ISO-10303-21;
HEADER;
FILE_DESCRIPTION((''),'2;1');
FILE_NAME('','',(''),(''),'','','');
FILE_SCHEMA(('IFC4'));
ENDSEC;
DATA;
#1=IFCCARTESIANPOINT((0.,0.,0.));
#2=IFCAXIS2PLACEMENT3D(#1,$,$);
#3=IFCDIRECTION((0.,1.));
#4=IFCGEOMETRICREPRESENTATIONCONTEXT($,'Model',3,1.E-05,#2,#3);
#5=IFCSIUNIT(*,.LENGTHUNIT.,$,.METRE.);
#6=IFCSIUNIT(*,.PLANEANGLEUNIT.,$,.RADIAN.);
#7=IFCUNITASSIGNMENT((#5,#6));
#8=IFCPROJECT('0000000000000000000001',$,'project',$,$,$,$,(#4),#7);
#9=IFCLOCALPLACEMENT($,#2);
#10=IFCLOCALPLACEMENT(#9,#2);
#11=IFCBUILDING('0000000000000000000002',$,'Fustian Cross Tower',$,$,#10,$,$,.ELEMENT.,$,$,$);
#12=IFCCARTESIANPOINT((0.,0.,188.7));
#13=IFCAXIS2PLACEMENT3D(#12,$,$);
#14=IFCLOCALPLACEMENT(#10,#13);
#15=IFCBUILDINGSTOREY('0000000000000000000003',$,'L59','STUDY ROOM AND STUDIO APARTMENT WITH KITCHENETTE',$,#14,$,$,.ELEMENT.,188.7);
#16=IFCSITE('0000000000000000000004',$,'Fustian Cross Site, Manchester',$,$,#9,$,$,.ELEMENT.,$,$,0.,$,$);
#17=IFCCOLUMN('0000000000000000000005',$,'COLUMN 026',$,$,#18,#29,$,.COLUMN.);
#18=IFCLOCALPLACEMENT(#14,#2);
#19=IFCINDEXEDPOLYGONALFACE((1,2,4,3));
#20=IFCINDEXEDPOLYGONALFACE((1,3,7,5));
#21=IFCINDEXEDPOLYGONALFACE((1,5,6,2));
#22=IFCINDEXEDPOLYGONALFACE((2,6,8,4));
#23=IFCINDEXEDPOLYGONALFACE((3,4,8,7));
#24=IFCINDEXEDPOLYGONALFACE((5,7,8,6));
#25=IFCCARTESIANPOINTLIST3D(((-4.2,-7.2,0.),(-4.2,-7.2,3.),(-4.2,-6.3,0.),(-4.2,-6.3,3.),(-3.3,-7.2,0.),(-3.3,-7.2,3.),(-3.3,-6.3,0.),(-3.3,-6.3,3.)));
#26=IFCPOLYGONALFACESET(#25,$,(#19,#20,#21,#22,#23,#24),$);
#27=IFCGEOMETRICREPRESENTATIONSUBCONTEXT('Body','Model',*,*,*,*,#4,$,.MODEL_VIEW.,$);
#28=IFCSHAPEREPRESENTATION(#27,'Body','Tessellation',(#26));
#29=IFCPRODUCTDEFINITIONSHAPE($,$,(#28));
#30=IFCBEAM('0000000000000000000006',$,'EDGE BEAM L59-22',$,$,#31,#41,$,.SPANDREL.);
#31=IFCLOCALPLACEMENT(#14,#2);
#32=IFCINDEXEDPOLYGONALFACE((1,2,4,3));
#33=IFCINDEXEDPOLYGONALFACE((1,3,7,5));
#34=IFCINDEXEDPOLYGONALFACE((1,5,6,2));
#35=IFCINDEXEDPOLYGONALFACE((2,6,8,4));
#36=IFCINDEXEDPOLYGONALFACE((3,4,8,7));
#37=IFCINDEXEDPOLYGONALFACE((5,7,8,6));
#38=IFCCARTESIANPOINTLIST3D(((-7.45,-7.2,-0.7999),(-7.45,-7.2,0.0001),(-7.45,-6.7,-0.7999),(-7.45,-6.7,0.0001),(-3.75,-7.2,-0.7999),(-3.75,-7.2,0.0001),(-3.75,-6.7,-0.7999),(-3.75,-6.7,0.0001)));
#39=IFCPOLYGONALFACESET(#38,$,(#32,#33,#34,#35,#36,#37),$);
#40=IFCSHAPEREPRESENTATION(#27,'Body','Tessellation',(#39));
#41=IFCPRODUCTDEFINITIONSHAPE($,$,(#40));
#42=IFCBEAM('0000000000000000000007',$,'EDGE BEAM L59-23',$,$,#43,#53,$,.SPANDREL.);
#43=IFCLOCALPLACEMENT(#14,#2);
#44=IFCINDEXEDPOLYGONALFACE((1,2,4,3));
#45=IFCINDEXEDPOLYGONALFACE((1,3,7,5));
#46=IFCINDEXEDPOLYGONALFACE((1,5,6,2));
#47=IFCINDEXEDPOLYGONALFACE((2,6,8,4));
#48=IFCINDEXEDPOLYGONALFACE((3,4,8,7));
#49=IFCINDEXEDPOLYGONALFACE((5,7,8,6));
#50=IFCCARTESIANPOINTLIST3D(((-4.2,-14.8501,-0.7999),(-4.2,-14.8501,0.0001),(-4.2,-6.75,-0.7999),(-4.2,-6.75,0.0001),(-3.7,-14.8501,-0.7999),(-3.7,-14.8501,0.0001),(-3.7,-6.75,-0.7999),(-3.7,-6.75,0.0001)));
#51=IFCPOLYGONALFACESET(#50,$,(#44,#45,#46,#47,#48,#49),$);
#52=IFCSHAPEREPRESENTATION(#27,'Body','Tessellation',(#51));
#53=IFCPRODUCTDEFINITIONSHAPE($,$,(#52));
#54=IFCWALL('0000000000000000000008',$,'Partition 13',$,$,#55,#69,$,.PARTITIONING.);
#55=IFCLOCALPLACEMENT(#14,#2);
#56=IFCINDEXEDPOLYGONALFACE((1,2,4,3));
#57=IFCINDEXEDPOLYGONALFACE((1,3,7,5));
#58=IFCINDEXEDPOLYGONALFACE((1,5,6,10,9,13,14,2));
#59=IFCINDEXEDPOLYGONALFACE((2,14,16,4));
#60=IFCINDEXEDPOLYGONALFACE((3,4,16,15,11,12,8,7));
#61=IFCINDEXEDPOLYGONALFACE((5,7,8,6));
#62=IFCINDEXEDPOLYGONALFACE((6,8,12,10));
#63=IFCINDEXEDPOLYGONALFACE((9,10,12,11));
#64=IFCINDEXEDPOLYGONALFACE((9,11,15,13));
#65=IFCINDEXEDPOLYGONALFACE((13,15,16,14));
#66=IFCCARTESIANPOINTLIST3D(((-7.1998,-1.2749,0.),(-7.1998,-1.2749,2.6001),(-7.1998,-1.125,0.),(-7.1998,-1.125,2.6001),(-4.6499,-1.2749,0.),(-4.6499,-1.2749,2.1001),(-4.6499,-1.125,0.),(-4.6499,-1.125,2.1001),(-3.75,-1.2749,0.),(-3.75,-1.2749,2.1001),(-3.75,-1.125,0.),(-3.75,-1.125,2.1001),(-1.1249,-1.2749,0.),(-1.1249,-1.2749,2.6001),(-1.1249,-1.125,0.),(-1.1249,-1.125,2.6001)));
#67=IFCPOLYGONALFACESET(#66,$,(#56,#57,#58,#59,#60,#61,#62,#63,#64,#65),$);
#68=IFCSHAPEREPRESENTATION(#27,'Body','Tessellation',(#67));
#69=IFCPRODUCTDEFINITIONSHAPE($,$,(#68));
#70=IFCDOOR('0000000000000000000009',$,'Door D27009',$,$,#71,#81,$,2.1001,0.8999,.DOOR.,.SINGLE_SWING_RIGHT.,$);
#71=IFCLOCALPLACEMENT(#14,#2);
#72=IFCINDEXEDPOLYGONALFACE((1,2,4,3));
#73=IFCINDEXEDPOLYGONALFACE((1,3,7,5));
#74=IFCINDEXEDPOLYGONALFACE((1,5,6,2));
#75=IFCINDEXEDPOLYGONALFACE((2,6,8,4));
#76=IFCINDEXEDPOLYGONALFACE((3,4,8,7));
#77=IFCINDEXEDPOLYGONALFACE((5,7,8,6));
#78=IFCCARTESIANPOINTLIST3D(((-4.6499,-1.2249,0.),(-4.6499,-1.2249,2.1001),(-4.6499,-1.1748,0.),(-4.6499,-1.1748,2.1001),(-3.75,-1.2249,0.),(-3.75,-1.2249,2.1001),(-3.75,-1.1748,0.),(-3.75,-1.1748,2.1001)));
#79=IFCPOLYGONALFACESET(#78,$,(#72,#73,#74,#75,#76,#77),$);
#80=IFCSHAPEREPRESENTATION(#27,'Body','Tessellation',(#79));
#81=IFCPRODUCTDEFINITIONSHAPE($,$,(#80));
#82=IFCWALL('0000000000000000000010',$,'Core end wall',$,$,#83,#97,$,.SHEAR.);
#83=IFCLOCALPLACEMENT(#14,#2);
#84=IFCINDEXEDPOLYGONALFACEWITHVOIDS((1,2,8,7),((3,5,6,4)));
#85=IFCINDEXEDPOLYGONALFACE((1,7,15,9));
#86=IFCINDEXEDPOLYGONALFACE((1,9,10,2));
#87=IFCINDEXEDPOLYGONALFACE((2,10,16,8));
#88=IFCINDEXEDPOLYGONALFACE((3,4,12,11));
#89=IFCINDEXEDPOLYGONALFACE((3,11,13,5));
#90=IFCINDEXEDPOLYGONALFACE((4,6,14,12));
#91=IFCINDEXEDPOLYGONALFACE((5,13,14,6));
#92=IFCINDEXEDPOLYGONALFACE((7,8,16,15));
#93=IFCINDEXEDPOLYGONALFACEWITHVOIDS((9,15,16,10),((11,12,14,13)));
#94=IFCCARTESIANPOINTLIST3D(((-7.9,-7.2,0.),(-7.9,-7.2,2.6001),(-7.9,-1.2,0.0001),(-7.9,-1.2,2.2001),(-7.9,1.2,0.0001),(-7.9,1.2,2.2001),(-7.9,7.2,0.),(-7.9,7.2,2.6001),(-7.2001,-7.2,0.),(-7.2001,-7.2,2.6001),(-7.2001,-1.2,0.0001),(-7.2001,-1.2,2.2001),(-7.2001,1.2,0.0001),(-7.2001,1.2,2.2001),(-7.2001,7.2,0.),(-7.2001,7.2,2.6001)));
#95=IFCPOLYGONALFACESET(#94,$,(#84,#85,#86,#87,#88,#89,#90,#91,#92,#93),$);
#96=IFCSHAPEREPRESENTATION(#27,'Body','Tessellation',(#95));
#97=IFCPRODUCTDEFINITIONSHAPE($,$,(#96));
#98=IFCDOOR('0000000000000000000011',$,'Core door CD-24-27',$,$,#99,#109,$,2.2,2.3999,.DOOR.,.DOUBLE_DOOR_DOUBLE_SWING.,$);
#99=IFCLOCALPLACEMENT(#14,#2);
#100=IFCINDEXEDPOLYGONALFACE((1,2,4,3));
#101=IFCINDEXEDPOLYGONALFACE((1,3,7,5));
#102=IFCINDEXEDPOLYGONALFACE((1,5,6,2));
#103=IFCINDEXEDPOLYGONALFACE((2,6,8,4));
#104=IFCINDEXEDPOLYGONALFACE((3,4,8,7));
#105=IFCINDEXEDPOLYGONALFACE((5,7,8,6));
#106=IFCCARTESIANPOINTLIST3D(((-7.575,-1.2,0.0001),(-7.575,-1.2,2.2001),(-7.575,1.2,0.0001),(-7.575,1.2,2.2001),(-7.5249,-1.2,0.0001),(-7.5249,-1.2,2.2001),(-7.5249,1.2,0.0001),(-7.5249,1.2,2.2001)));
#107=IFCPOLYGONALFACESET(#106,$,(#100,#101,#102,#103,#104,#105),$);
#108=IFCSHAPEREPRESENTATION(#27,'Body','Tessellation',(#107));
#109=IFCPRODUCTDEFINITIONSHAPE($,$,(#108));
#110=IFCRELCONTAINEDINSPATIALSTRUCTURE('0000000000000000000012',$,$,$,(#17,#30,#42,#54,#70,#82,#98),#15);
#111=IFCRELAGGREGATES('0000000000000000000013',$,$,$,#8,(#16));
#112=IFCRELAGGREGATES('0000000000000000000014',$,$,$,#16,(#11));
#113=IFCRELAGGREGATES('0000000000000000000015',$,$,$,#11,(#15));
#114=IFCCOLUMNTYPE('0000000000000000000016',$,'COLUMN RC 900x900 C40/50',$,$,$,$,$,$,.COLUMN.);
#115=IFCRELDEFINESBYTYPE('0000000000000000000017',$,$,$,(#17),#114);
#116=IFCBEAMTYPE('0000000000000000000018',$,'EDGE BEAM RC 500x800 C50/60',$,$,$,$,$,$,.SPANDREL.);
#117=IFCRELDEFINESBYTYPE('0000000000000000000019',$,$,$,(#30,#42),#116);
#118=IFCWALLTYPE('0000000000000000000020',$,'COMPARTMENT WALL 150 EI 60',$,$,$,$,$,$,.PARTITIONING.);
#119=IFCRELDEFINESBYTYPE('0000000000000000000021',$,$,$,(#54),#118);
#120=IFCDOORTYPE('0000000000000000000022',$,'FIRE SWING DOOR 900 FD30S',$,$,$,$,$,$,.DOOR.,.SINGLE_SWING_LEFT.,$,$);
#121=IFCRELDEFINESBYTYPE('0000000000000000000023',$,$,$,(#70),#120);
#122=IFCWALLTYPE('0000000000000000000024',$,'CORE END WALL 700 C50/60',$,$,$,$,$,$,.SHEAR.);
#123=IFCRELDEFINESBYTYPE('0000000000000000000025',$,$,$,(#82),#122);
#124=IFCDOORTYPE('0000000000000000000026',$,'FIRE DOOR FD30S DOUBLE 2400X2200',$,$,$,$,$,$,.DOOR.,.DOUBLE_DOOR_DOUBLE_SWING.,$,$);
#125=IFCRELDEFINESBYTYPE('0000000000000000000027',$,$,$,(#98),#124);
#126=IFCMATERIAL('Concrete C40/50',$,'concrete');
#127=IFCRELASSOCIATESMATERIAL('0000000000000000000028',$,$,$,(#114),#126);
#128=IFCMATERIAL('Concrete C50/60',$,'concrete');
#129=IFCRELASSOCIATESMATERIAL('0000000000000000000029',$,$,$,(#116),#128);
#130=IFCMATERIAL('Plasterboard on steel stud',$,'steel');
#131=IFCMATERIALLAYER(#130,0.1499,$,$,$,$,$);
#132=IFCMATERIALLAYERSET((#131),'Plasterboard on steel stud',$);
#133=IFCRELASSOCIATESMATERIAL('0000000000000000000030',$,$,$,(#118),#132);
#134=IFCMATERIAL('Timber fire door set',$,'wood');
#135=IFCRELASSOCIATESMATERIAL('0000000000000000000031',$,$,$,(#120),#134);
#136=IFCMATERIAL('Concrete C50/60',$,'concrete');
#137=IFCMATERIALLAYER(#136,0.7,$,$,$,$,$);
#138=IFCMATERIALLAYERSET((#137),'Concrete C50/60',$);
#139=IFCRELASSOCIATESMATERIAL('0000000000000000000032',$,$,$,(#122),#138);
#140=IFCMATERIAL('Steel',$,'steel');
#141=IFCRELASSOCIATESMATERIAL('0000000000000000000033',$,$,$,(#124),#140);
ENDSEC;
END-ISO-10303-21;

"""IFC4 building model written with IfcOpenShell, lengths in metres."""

from ifc_helpers import new_model, si_unit, direction, frame, frame_2d, origin, origin_2d, place, context, subcontext, project, spatial, rectangle, extrude, material, layer, layer_set, material_profile, profile_set, type_object, element, fill, save


model = new_model("IFC4")

# Units and contexts
model_context = context("Model", 3, precision=1e-05, world=origin(), true_north=direction((0.0, 1.0)))
body_context = subcontext(model_context, "Body", "Model", "MODEL_VIEW")
ifc_project = project(units=[si_unit("LENGTHUNIT", "METRE"), si_unit("PLANEANGLEUNIT", "RADIAN")], contexts=[model_context])

# Site, building, storey
site_placement = place(None, origin())
site = spatial("IfcSite", under=ifc_project, at=site_placement, Name="Fustian Cross Site, Manchester", CompositionType="ELEMENT", RefElevation=0.0)
building_placement = place(site_placement, origin())
building = spatial("IfcBuilding", under=site, at=building_placement, Name="Fustian Cross Tower", CompositionType="ELEMENT")
storey_placement = place(building_placement, frame((0.0, 0.0, 188.7)))
storey = spatial("IfcBuildingStorey", under=building, at=storey_placement, Name="L59", Description="STUDY ROOM AND STUDIO APARTMENT WITH KITCHENETTE", CompositionType="ELEMENT", Elevation=188.7)

# Column
ifc_material_1 = material(Name="Concrete C40/50", Category="concrete")
ifc_material_profile_1 = material_profile(ifc_material_1, rectangle(XDim=0.8999, YDim=0.8999, at=origin_2d()), Name="RC 900x900")
ifc_profile_set_1 = profile_set([ifc_material_profile_1], Name="Concrete C40/50")
column_type = type_object("IfcColumnType", Name="COLUMN RC 900x900 C40/50", PredefinedType="COLUMN", material=ifc_profile_set_1)
column_placement = place(storey_placement, frame((-3.75, -6.75, 0.0), z_axis=(0.0, 0.0, 1.0), x_axis=(1.0, 0.0, 0.0)))
element("IfcColumn", 1, at=column_placement, inside=storey, type_object=column_type, Name="COLUMN 026", PredefinedType="COLUMN", context=body_context, shape_type="SweptSolid", body=[
    extrude(rectangle(XDim=0.8999, YDim=0.8999, at=origin_2d()), origin(), (0.0, 0.0, 1.0), 3.0),
])

# Beams
ifc_material_2 = material(Name="Concrete C50/60", Category="concrete")
ifc_material_profile_2 = material_profile(ifc_material_2, rectangle(XDim=0.5, YDim=0.8, at=origin_2d()), Name="RC 500x800")
ifc_profile_set_2 = profile_set([ifc_material_profile_2], Name="Concrete C50/60")
beam_type = type_object("IfcBeamType", Name="EDGE BEAM RC 500x800 C50/60", PredefinedType="SPANDREL", material=ifc_profile_set_2)
beam_1_placement = place(storey_placement, frame((-7.45, -6.95, -0.3999), z_axis=(1.0, 0.0, 0.0), x_axis=(0.0, 1.0, 0.0)))
element("IfcBeam", 2, at=beam_1_placement, inside=storey, type_object=beam_type, Name="EDGE BEAM L59-22", PredefinedType="SPANDREL", context=body_context, shape_type="SweptSolid", body=[
    extrude(rectangle(XDim=0.5, YDim=0.8, at=origin_2d()), origin(), (0.0, 0.0, 1.0), 3.7),
])
beam_2_placement = place(storey_placement, frame((-3.95, -6.75, -0.3999), z_axis=(0.0, -1.0, 0.0), x_axis=(1.0, 0.0, 0.0)))
element("IfcBeam", 3, at=beam_2_placement, inside=storey, type_object=beam_type, Name="EDGE BEAM L59-23", PredefinedType="SPANDREL", context=body_context, shape_type="SweptSolid", body=[
    extrude(rectangle(XDim=0.5, YDim=0.8, at=origin_2d()), origin(), (0.0, 0.0, 1.0), 8.1001),
])

# Walls, openings, doors
ifc_material_3 = material(Name="Plasterboard on steel stud", Category="steel")
ifc_layer_1 = layer(ifc_material_3, 0.1499)
ifc_layer_set_1 = layer_set([ifc_layer_1], Name="Plasterboard on steel stud")
wall_type_1 = type_object("IfcWallType", Name="COMPARTMENT WALL 150 EI 60", PredefinedType="PARTITIONING", material=ifc_layer_set_1)
wall_1_placement = place(storey_placement, frame((-7.2, -1.2, 0.0), z_axis=(0.0, 0.0, 1.0), x_axis=(1.0, 0.0, 0.0)))
wall_1 = element("IfcWall", 4, at=wall_1_placement, inside=storey, type_object=wall_type_1, Name="Partition 13", PredefinedType="PARTITIONING", context=body_context, shape_type="SweptSolid", body=[
    extrude(rectangle(XDim=6.075, YDim=0.1499, at=frame_2d((3.0376, 0.0))), origin(), (0.0, 0.0, 1.0), 2.6001),
])
opening_1_placement = place(wall_1_placement, frame((2.55, 0.0, 0.0)))
opening_1 = element("IfcOpeningElement", 5, at=opening_1_placement, cuts=wall_1, PredefinedType="OPENING", context=body_context, shape_type="SweptSolid", body=[
    extrude(rectangle(XDim=0.8999, YDim=2.1001, at=frame_2d((0.45, 1.05))), frame((0.0, 0.085, 0.0), z_axis=(0.0, -1.0, 0.0), x_axis=(1.0, 0.0, 0.0)), (0.0, 0.0, 1.0), 0.1699),
])
ifc_material_4 = material(Name="Timber fire door set", Category="wood")
door_type_1 = type_object("IfcDoorType", Name="FIRE SWING DOOR 900 FD30S", OperationType="SINGLE_SWING_LEFT", PredefinedType="DOOR", material=ifc_material_4)
door_1_placement = place(opening_1_placement, frame((0.8999, 0.0, 0.0), z_axis=(0.0, 0.0, 1.0), x_axis=(-1.0, 0.0, 0.0)))
door_1 = element("IfcDoor", 6, at=door_1_placement, inside=storey, type_object=door_type_1, Name="Door D27009", OperationType="SINGLE_SWING_RIGHT", OverallHeight=2.1001, OverallWidth=0.8999, PredefinedType="DOOR", context=body_context, shape_type="SweptSolid", body=[
    extrude(rectangle(XDim=0.8999, YDim=2.1001, at=frame_2d((0.45, 1.05))), frame((0.0, 0.0249, 0.0), z_axis=(0.0, -1.0, 0.0), x_axis=(1.0, 0.0, 0.0)), (0.0, 0.0, 1.0), 0.05),
])
fill(opening_1, door_1)
ifc_material_5 = material(Name="Concrete C50/60", Category="concrete")
ifc_layer_2 = layer(ifc_material_5, 0.7)
ifc_layer_set_2 = layer_set([ifc_layer_2], Name="Concrete C50/60")
wall_type_2 = type_object("IfcWallType", Name="CORE END WALL 700 C50/60", PredefinedType="SHEAR", material=ifc_layer_set_2)
wall_2_placement = place(storey_placement, frame((-7.55, -7.2, 0.0), z_axis=(0.0, 0.0, 1.0), x_axis=(0.0, 1.0, 0.0)))
wall_2 = element("IfcWall", 7, at=wall_2_placement, inside=storey, type_object=wall_type_2, Name="Core end wall", PredefinedType="SHEAR", context=body_context, shape_type="SweptSolid", body=[
    extrude(rectangle(XDim=14.3999, YDim=0.7, at=frame_2d((7.2, 0.0))), origin(), (0.0, 0.0, 1.0), 2.6001),
])
opening_2_placement = place(wall_2_placement, frame((6.0, 0.0, 0.0)))
opening_2 = element("IfcOpeningElement", 8, at=opening_2_placement, cuts=wall_2, PredefinedType="OPENING", context=body_context, shape_type="SweptSolid", body=[
    extrude(rectangle(XDim=2.3999, YDim=2.2, at=frame_2d((1.2, 1.1001))), frame((0.0, 0.3599, 0.0), z_axis=(0.0, -1.0, 0.0), x_axis=(1.0, 0.0, 0.0)), (0.0, 0.0, 1.0), 0.72),
])
ifc_material_6 = material(Name="Steel", Category="steel")
door_type_2 = type_object("IfcDoorType", Name="FIRE DOOR FD30S DOUBLE 2400X2200", OperationType="DOUBLE_DOOR_DOUBLE_SWING", PredefinedType="DOOR", material=ifc_material_6)
door_2_placement = place(opening_2_placement, origin())
door_2 = element("IfcDoor", 9, at=door_2_placement, inside=storey, type_object=door_type_2, Name="Core door CD-24-27", OperationType="DOUBLE_DOOR_DOUBLE_SWING", OverallHeight=2.2, OverallWidth=2.3999, PredefinedType="DOOR", context=body_context, shape_type="SweptSolid", body=[
    extrude(rectangle(XDim=2.3999, YDim=2.2, at=frame_2d((1.2, 1.1001))), frame((0.0, 0.0249, 0.0), z_axis=(0.0, -1.0, 0.0), x_axis=(1.0, 0.0, 0.0)), (0.0, 0.0, 1.0), 0.05),
])
fill(opening_2, door_2)

save(model, "model.ifc")
